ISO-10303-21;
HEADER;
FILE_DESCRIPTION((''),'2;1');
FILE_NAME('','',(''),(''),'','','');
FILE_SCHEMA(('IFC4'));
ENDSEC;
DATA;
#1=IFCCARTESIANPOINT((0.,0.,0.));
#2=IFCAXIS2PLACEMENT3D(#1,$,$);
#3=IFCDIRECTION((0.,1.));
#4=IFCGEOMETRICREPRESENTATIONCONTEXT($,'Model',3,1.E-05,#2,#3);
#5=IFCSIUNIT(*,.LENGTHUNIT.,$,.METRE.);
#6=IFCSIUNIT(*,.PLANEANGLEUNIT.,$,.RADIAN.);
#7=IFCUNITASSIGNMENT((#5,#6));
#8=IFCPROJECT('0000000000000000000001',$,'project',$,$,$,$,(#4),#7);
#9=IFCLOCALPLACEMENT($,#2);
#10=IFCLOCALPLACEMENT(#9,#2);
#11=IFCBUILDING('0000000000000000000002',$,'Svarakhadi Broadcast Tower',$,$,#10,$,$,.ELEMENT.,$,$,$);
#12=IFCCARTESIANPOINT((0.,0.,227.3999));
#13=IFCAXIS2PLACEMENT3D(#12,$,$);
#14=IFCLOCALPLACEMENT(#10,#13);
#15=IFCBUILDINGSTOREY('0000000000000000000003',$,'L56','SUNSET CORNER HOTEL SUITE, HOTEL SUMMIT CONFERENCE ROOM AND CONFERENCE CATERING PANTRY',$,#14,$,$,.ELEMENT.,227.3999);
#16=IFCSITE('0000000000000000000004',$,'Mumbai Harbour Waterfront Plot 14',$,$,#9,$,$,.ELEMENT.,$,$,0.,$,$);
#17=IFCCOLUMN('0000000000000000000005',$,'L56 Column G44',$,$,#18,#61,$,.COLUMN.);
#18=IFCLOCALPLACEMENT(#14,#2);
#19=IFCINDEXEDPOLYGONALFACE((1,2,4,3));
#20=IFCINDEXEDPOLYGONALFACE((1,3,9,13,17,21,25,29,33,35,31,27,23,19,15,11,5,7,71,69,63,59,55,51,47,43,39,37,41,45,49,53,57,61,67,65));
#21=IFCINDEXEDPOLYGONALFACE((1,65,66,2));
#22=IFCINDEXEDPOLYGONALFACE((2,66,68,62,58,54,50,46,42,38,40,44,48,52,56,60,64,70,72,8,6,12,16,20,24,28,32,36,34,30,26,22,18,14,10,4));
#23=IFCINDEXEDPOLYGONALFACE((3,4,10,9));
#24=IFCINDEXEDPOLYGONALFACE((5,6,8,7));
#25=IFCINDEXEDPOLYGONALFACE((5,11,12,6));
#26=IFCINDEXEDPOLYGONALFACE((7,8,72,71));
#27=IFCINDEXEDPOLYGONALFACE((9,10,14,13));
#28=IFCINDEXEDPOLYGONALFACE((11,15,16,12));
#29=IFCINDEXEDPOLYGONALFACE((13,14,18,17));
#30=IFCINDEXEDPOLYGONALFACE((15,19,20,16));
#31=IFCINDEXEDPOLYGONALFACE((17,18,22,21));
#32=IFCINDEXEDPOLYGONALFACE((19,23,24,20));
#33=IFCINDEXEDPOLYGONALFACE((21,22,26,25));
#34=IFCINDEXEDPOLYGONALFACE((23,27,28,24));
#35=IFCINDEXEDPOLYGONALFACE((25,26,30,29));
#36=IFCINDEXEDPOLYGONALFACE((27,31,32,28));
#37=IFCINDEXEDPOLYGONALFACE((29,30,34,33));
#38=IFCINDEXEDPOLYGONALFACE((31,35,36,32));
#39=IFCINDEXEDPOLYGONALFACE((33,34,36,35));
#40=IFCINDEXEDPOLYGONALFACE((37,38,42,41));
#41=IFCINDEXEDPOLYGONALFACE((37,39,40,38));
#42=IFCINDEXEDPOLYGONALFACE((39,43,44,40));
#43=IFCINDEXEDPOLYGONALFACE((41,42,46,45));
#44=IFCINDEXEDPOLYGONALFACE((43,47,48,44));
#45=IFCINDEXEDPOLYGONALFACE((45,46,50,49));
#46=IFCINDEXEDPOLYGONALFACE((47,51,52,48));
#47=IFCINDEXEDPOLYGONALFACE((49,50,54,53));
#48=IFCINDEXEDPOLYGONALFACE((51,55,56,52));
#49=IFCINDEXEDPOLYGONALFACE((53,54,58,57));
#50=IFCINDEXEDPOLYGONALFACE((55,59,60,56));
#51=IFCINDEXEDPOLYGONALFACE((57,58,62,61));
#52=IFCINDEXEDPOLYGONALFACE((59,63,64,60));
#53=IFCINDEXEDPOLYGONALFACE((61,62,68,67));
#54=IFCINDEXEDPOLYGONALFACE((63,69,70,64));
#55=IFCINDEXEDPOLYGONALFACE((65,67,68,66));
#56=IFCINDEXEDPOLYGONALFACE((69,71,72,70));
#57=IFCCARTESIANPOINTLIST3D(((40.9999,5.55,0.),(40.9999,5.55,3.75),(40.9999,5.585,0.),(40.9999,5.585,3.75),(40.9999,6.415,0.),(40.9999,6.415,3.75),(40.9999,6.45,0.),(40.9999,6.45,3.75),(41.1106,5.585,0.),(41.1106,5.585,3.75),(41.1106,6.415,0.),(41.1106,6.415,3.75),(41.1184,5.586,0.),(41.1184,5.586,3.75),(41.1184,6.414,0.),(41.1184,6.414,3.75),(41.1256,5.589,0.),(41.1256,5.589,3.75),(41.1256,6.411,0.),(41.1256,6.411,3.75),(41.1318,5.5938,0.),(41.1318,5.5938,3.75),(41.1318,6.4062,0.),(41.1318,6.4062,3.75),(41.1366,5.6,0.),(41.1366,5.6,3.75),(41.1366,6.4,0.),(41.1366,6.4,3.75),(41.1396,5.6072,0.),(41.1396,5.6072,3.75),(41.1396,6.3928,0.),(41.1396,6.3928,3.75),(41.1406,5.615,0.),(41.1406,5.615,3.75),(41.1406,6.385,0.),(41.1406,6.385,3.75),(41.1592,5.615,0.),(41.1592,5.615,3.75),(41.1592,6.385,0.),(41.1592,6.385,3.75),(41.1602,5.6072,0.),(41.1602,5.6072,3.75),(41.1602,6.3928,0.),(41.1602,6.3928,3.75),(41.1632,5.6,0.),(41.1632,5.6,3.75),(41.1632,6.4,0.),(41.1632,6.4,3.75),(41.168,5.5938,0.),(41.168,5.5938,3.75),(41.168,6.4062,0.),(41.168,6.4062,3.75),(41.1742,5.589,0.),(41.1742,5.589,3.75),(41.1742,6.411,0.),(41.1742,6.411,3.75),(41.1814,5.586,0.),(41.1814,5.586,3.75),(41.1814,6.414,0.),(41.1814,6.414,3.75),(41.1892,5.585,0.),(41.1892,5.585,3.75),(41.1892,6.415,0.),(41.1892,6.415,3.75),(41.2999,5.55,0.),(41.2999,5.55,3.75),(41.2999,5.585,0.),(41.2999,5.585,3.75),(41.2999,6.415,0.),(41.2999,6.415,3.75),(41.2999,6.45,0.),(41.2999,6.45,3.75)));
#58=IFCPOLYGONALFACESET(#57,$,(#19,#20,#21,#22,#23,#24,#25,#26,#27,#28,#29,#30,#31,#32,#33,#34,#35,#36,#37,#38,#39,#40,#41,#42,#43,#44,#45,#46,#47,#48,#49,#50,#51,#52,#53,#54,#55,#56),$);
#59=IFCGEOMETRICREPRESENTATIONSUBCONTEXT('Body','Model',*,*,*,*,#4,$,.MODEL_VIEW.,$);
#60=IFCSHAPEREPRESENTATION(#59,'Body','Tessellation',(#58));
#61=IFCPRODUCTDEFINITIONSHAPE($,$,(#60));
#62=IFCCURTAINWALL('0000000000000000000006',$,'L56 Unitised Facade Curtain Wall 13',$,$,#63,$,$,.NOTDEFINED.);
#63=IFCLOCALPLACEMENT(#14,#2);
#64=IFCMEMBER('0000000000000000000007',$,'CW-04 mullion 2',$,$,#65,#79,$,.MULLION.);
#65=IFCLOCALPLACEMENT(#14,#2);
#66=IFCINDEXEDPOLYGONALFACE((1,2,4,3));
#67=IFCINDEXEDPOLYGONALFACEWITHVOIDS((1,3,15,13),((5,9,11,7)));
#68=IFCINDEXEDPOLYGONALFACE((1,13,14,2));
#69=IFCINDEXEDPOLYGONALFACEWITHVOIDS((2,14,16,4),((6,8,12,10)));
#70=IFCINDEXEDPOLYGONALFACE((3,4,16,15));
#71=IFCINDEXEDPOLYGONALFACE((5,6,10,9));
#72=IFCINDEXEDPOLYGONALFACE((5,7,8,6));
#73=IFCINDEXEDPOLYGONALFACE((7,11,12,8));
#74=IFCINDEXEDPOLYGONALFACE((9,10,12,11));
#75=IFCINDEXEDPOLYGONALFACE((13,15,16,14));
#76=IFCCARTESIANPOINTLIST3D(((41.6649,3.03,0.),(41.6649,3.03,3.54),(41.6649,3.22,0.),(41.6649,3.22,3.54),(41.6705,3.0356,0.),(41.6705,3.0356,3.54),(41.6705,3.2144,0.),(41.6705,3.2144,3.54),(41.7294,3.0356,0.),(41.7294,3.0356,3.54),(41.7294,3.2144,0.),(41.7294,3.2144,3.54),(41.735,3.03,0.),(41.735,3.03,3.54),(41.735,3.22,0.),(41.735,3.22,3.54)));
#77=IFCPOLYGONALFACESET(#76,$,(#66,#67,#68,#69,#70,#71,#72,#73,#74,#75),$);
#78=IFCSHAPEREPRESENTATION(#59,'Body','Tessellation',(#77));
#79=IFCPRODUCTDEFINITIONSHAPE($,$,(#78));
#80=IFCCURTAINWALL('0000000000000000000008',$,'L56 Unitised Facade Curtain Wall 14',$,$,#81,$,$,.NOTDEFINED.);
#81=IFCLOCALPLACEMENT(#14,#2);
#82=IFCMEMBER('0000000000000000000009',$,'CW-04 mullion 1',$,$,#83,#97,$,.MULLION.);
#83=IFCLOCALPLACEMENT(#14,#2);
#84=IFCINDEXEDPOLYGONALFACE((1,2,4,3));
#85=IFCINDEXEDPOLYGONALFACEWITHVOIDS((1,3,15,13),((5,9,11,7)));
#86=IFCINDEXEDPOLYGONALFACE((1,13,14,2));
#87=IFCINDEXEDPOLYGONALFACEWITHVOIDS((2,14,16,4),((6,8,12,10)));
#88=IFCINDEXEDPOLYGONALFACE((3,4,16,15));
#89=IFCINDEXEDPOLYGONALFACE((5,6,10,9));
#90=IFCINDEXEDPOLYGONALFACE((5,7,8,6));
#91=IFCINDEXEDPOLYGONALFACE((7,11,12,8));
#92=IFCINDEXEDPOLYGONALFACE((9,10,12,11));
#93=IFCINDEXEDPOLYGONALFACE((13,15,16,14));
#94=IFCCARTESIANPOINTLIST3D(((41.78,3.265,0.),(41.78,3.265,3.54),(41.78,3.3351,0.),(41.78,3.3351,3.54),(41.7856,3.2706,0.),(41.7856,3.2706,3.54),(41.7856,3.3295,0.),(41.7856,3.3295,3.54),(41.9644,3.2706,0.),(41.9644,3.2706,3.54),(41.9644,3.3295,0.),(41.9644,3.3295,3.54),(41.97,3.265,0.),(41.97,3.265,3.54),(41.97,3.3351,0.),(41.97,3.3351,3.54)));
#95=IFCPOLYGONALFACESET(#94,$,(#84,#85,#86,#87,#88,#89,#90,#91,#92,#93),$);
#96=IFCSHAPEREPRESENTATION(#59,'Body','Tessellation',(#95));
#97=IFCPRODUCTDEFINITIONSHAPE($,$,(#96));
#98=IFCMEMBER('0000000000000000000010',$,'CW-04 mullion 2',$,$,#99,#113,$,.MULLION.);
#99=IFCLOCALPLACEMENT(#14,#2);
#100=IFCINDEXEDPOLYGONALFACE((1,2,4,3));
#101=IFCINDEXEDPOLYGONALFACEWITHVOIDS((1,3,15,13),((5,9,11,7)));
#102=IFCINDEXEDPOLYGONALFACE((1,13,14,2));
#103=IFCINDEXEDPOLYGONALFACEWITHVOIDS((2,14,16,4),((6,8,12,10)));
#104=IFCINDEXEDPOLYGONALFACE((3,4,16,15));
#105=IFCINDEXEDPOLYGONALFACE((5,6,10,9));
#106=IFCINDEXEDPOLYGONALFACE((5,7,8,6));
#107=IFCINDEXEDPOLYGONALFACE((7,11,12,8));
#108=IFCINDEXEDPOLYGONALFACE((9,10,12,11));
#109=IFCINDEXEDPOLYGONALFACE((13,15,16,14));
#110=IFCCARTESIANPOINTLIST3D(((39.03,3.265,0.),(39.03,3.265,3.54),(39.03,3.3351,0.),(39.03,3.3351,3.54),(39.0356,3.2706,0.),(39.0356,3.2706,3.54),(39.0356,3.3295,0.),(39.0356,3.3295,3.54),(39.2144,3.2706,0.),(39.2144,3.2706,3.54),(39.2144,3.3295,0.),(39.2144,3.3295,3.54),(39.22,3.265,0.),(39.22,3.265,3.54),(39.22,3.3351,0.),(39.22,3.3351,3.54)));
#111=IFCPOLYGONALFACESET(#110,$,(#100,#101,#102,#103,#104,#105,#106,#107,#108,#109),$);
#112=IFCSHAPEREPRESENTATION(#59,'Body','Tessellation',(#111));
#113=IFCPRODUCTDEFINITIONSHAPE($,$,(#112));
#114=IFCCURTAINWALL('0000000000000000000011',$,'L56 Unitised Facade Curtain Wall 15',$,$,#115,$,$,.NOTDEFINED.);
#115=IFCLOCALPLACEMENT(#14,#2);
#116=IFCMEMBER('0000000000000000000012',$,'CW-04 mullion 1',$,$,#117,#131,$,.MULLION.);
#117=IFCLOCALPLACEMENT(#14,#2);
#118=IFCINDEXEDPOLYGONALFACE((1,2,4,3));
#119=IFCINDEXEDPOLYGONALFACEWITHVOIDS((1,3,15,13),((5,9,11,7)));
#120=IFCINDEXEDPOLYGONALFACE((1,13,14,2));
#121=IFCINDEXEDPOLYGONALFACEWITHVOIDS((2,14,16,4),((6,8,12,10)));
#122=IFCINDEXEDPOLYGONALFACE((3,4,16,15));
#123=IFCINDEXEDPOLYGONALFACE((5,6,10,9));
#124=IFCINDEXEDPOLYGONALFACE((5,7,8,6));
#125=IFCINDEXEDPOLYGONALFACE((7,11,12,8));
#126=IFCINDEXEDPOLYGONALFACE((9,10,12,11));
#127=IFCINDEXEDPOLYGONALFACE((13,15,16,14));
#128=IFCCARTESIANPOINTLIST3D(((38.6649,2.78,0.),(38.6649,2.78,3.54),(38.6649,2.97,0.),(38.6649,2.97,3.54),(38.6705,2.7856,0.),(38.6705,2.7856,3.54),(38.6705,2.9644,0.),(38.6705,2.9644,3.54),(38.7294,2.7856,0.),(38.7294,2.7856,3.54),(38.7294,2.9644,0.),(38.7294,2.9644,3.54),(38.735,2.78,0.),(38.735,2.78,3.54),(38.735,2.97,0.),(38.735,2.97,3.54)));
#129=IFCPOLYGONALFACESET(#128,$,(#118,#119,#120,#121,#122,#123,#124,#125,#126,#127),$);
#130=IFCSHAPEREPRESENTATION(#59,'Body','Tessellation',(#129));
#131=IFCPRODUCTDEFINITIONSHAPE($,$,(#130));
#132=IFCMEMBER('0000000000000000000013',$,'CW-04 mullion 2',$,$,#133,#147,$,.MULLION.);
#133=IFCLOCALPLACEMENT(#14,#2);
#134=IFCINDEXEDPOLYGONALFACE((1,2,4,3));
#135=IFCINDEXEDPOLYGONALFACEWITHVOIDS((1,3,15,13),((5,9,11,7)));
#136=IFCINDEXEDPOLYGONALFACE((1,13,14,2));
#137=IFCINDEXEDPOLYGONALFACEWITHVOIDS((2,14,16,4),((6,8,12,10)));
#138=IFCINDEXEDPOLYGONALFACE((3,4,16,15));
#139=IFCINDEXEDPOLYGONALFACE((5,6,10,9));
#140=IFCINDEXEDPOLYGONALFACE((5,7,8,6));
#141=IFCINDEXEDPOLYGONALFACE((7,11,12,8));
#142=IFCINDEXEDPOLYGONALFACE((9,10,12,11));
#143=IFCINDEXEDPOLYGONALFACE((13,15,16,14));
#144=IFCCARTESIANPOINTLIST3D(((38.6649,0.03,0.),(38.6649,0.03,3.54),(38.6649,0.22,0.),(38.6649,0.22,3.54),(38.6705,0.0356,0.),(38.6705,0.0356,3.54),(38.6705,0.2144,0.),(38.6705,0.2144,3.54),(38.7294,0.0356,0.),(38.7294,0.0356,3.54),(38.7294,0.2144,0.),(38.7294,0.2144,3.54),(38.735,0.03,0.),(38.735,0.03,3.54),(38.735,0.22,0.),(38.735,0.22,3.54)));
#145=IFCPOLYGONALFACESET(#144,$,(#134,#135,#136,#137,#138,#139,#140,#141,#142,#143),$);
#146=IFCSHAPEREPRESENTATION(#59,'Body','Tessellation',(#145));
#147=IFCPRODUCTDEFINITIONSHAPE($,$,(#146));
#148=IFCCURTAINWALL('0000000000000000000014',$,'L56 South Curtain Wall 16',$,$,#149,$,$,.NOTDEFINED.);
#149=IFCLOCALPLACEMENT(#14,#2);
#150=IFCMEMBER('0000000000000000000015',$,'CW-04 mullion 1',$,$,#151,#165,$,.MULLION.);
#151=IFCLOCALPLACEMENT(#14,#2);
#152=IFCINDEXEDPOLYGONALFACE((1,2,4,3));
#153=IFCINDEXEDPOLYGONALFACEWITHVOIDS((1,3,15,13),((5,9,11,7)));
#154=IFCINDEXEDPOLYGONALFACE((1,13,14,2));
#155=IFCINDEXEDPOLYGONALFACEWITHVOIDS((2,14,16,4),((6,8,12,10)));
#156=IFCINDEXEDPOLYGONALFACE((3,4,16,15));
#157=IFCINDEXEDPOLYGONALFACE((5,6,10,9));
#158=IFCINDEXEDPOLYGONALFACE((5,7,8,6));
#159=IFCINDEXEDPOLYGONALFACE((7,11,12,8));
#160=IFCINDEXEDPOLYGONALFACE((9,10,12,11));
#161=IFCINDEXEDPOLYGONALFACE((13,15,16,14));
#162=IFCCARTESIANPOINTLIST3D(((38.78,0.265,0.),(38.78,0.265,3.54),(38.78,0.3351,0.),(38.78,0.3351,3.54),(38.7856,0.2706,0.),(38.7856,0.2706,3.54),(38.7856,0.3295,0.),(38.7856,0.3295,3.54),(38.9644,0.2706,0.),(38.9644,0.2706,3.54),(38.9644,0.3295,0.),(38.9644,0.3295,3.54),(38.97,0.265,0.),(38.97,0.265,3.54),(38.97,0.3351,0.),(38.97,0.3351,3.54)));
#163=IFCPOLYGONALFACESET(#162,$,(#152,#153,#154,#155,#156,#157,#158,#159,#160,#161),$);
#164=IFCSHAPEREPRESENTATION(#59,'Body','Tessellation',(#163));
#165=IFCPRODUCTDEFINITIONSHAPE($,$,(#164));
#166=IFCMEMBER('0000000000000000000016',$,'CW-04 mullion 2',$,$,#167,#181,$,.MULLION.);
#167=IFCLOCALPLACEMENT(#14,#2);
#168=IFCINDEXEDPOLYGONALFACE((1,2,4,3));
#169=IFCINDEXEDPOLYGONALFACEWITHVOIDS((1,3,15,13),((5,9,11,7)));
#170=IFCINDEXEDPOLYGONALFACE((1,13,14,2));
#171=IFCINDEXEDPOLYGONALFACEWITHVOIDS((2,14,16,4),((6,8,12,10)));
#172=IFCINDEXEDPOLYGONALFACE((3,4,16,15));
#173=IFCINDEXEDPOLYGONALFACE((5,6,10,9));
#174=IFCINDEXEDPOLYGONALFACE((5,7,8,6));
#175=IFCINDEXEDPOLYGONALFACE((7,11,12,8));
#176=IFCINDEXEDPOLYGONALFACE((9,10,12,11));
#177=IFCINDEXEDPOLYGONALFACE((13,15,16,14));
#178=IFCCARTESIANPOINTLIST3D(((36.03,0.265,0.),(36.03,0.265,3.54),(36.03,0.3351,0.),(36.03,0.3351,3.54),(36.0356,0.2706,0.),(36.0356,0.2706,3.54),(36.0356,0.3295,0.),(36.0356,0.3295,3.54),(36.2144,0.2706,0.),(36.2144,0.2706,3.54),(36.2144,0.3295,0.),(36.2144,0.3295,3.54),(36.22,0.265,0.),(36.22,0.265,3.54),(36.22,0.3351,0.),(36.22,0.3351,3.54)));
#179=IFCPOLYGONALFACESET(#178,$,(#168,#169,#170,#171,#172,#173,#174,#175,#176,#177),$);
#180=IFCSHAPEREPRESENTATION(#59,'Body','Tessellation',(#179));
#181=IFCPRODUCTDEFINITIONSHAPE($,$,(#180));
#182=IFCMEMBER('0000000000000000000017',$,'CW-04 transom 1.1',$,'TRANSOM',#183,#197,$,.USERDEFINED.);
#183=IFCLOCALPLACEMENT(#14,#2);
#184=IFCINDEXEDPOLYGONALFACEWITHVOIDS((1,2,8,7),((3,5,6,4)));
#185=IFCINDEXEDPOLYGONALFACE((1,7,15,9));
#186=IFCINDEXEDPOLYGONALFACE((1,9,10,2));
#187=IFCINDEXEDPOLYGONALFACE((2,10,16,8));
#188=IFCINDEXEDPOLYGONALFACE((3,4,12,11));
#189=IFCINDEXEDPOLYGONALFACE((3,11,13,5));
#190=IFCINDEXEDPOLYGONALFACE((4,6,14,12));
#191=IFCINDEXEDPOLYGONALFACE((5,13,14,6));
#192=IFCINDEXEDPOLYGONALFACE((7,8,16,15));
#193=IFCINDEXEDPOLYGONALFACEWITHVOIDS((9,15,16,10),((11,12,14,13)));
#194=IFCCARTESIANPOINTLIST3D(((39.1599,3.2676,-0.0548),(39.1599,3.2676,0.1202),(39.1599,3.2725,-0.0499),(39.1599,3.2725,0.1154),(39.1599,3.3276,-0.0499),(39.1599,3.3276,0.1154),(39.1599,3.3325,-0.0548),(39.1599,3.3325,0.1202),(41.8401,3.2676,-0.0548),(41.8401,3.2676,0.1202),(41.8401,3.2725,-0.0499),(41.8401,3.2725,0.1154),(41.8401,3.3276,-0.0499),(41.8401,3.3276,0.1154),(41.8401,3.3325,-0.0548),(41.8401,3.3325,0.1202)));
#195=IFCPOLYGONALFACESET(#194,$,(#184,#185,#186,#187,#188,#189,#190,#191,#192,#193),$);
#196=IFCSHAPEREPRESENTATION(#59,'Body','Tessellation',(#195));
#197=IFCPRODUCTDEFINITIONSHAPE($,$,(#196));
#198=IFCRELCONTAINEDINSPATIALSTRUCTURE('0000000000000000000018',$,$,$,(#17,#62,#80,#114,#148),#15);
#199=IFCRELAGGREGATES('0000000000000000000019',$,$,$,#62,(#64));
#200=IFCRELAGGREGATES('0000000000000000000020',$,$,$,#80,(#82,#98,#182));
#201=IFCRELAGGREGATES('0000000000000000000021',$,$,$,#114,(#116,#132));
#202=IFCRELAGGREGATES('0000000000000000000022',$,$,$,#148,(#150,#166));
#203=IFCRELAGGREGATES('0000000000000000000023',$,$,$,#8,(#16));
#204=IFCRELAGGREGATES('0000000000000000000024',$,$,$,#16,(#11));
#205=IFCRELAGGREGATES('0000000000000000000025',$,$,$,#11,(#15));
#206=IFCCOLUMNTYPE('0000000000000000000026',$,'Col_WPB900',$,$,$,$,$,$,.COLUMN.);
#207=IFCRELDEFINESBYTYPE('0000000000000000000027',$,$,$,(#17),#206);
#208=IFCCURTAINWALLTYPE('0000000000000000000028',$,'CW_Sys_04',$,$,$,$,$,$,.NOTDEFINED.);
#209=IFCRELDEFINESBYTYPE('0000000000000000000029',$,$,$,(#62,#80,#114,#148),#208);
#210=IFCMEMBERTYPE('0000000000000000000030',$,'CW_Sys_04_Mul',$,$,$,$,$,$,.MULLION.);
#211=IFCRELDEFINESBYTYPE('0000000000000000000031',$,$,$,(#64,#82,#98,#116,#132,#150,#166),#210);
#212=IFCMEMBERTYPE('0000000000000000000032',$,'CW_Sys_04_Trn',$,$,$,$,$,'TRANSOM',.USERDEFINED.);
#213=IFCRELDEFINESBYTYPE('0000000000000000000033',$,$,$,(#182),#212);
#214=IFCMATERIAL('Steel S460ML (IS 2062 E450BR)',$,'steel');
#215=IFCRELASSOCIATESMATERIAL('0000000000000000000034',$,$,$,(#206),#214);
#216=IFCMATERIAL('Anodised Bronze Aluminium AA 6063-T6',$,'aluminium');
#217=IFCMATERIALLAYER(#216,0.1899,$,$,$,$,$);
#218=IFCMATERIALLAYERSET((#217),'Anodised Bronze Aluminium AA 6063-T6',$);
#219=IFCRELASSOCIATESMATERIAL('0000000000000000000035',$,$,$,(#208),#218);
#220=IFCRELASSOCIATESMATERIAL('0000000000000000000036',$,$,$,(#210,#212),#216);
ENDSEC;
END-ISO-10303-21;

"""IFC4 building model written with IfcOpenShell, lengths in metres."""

from ifc_helpers import new_model, si_unit, direction, frame, origin, origin_2d, place, context, subcontext, project, spatial, hollow_rectangle, i_section, extrude, material, layer, layer_set, material_profile, profile_set, type_object, element, aggregate, save


model = new_model("IFC4")

# Units and contexts
model_context = context("Model", 3, precision=1e-05, world=origin(), true_north=direction((0.0, 1.0)))
body_context = subcontext(model_context, "Body", "Model", "MODEL_VIEW")
ifc_project = project(units=[si_unit("LENGTHUNIT", "METRE"), si_unit("PLANEANGLEUNIT", "RADIAN")], contexts=[model_context])

# Site, building, storey
site_placement = place(None, origin())
site = spatial("IfcSite", under=ifc_project, at=site_placement, Name="Mumbai Harbour Waterfront Plot 14", CompositionType="ELEMENT", RefElevation=0.0)
building_placement = place(site_placement, origin())
building = spatial("IfcBuilding", under=site, at=building_placement, Name="Svarakhadi Broadcast Tower", CompositionType="ELEMENT")
storey_placement = place(building_placement, frame((0.0, 0.0, 227.3999)))
storey = spatial("IfcBuildingStorey", under=building, at=storey_placement, Name="L56", Description="SUNSET CORNER HOTEL SUITE, HOTEL SUMMIT CONFERENCE ROOM AND CONFERENCE CATERING PANTRY", CompositionType="ELEMENT", Elevation=227.3999)

# Column
ifc_material_1 = material(Name="Steel S460ML (IS 2062 E450BR)", Category="steel")
ifc_material_profile_1 = material_profile(ifc_material_1, i_section(OverallWidth=0.3, OverallDepth=0.8999, WebThickness=0.0186, FlangeThickness=0.0349, FilletRadius=0.03, at=origin_2d()), Name="WPB 900x300x291")
ifc_profile_set_1 = profile_set([ifc_material_profile_1], Name="Steel S460ML (IS 2062 E450BR)")
column_type = type_object("IfcColumnType", Name="Col_WPB900", PredefinedType="COLUMN", material=ifc_profile_set_1)
column_placement = place(storey_placement, frame((41.1499, 6.0, 0.0), z_axis=(0.0, 0.0, 1.0), x_axis=(1.0, 0.0, 0.0)))
element("IfcColumn", 1, at=column_placement, inside=storey, type_object=column_type, Name="L56 Column G44", PredefinedType="COLUMN", context=body_context, shape_type="SweptSolid", body=[
    extrude(i_section(OverallWidth=0.3, OverallDepth=0.8999, WebThickness=0.0186, FlangeThickness=0.0349, FilletRadius=0.03, at=origin_2d()), origin(), (0.0, 0.0, 1.0), 3.75),
])

# Curtain wall, member
ifc_material_2 = material(Name="Anodised Bronze Aluminium AA 6063-T6", Category="aluminium")
ifc_layer_1 = layer(ifc_material_2, 0.1899)
ifc_layer_set_1 = layer_set([ifc_layer_1], Name="Anodised Bronze Aluminium AA 6063-T6")
curtain_wall_type = type_object("IfcCurtainWallType", Name="CW_Sys_04", PredefinedType="NOTDEFINED", material=ifc_layer_set_1)
curtain_wall_1_placement = place(storey_placement, origin())
curtain_wall_1 = element("IfcCurtainWall", 2, at=curtain_wall_1_placement, inside=storey, type_object=curtain_wall_type, Name="L56 Unitised Facade Curtain Wall 13", PredefinedType="NOTDEFINED")
ifc_material_profile_2 = material_profile(ifc_material_2, hollow_rectangle(XDim=0.0701, YDim=0.1899, WallThickness=0.0056, at=origin_2d()), Name="ALU MULLION 190x70x6")
ifc_profile_set_2 = profile_set([ifc_material_profile_2], Name="Anodised Bronze Aluminium AA 6063-T6")
member_type_1 = type_object("IfcMemberType", Name="CW_Sys_04_Mul", PredefinedType="MULLION", material=ifc_profile_set_2)
member_1_placement = place(storey_placement, frame((41.7, 3.125, 0.0), z_axis=(0.0, 0.0, 1.0), x_axis=(1.0, 0.0, 0.0)))
member_1 = element("IfcMember", 3, at=member_1_placement, type_object=member_type_1, Name="CW-04 mullion 2", PredefinedType="MULLION", context=body_context, shape_type="SweptSolid", body=[
    extrude(hollow_rectangle(XDim=0.0701, YDim=0.1899, WallThickness=0.0056, at=origin_2d()), origin(), (0.0, 0.0, 1.0), 3.54),
])
aggregate(curtain_wall_1, [member_1])

# Curtain walls, members
curtain_wall_2_placement = place(storey_placement, origin())
curtain_wall_2 = element("IfcCurtainWall", 4, at=curtain_wall_2_placement, inside=storey, type_object=curtain_wall_type, Name="L56 Unitised Facade Curtain Wall 14", PredefinedType="NOTDEFINED")
member_2_placement = place(storey_placement, frame((41.875, 3.3, 0.0), z_axis=(0.0, 0.0, 1.0), x_axis=(0.0, -1.0, 0.0)))
member_2 = element("IfcMember", 5, at=member_2_placement, type_object=member_type_1, Name="CW-04 mullion 1", PredefinedType="MULLION", context=body_context, shape_type="SweptSolid", body=[
    extrude(hollow_rectangle(XDim=0.0701, YDim=0.1899, WallThickness=0.0056, at=origin_2d()), origin(), (0.0, 0.0, 1.0), 3.54),
])
member_3_placement = place(storey_placement, frame((39.125, 3.3, 0.0), z_axis=(0.0, 0.0, 1.0), x_axis=(0.0, -1.0, 0.0)))
member_3 = element("IfcMember", 6, at=member_3_placement, type_object=member_type_1, Name="CW-04 mullion 2", PredefinedType="MULLION", context=body_context, shape_type="SweptSolid", body=[
    extrude(hollow_rectangle(XDim=0.0701, YDim=0.1899, WallThickness=0.0056, at=origin_2d()), origin(), (0.0, 0.0, 1.0), 3.54),
])
curtain_wall_3_placement = place(storey_placement, origin())
curtain_wall_3 = element("IfcCurtainWall", 7, at=curtain_wall_3_placement, inside=storey, type_object=curtain_wall_type, Name="L56 Unitised Facade Curtain Wall 15", PredefinedType="NOTDEFINED")
member_4_placement = place(storey_placement, frame((38.7, 2.875, 0.0), z_axis=(0.0, 0.0, 1.0), x_axis=(1.0, 0.0, 0.0)))
member_4 = element("IfcMember", 8, at=member_4_placement, type_object=member_type_1, Name="CW-04 mullion 1", PredefinedType="MULLION", context=body_context, shape_type="SweptSolid", body=[
    extrude(hollow_rectangle(XDim=0.0701, YDim=0.1899, WallThickness=0.0056, at=origin_2d()), origin(), (0.0, 0.0, 1.0), 3.54),
])
member_5_placement = place(storey_placement, frame((38.7, 0.125, 0.0), z_axis=(0.0, 0.0, 1.0), x_axis=(1.0, 0.0, 0.0)))
member_5 = element("IfcMember", 9, at=member_5_placement, type_object=member_type_1, Name="CW-04 mullion 2", PredefinedType="MULLION", context=body_context, shape_type="SweptSolid", body=[
    extrude(hollow_rectangle(XDim=0.0701, YDim=0.1899, WallThickness=0.0056, at=origin_2d()), origin(), (0.0, 0.0, 1.0), 3.54),
])
curtain_wall_4_placement = place(storey_placement, origin())
curtain_wall_4 = element("IfcCurtainWall", 10, at=curtain_wall_4_placement, inside=storey, type_object=curtain_wall_type, Name="L56 South Curtain Wall 16", PredefinedType="NOTDEFINED")
member_6_placement = place(storey_placement, frame((38.875, 0.3, 0.0), z_axis=(0.0, 0.0, 1.0), x_axis=(0.0, -1.0, 0.0)))
member_6 = element("IfcMember", 11, at=member_6_placement, type_object=member_type_1, Name="CW-04 mullion 1", PredefinedType="MULLION", context=body_context, shape_type="SweptSolid", body=[
    extrude(hollow_rectangle(XDim=0.0701, YDim=0.1899, WallThickness=0.0056, at=origin_2d()), origin(), (0.0, 0.0, 1.0), 3.54),
])
member_7_placement = place(storey_placement, frame((36.125, 0.3, 0.0), z_axis=(0.0, 0.0, 1.0), x_axis=(0.0, -1.0, 0.0)))
member_7 = element("IfcMember", 12, at=member_7_placement, type_object=member_type_1, Name="CW-04 mullion 2", PredefinedType="MULLION", context=body_context, shape_type="SweptSolid", body=[
    extrude(hollow_rectangle(XDim=0.0701, YDim=0.1899, WallThickness=0.0056, at=origin_2d()), origin(), (0.0, 0.0, 1.0), 3.54),
])

# Member
ifc_material_profile_3 = material_profile(ifc_material_2, hollow_rectangle(XDim=0.0649, YDim=0.175, WallThickness=0.0049, at=origin_2d()), Name="ALU TRANSOM 175x65x5")
ifc_profile_set_3 = profile_set([ifc_material_profile_3], Name="Anodised Bronze Aluminium AA 6063-T6")
member_type_2 = type_object("IfcMemberType", Name="CW_Sys_04_Trn", ElementType="TRANSOM", PredefinedType="USERDEFINED", material=ifc_profile_set_3)
member_8_placement = place(storey_placement, frame((41.8401, 3.3, 0.0327), z_axis=(-1.0, 0.0, 0.0), x_axis=(0.0, -1.0, 0.0)))
member_8 = element("IfcMember", 13, at=member_8_placement, type_object=member_type_2, Name="CW-04 transom 1.1", ObjectType="TRANSOM", PredefinedType="USERDEFINED", context=body_context, shape_type="SweptSolid", body=[
    extrude(hollow_rectangle(XDim=0.0649, YDim=0.175, WallThickness=0.0049, at=origin_2d()), origin(), (0.0, 0.0, 1.0), 2.6802),
])

aggregate(curtain_wall_2, [member_2, member_3, member_8])
aggregate(curtain_wall_3, [member_4, member_5])
aggregate(curtain_wall_4, [member_6, member_7])

save(model, "model.ifc")
